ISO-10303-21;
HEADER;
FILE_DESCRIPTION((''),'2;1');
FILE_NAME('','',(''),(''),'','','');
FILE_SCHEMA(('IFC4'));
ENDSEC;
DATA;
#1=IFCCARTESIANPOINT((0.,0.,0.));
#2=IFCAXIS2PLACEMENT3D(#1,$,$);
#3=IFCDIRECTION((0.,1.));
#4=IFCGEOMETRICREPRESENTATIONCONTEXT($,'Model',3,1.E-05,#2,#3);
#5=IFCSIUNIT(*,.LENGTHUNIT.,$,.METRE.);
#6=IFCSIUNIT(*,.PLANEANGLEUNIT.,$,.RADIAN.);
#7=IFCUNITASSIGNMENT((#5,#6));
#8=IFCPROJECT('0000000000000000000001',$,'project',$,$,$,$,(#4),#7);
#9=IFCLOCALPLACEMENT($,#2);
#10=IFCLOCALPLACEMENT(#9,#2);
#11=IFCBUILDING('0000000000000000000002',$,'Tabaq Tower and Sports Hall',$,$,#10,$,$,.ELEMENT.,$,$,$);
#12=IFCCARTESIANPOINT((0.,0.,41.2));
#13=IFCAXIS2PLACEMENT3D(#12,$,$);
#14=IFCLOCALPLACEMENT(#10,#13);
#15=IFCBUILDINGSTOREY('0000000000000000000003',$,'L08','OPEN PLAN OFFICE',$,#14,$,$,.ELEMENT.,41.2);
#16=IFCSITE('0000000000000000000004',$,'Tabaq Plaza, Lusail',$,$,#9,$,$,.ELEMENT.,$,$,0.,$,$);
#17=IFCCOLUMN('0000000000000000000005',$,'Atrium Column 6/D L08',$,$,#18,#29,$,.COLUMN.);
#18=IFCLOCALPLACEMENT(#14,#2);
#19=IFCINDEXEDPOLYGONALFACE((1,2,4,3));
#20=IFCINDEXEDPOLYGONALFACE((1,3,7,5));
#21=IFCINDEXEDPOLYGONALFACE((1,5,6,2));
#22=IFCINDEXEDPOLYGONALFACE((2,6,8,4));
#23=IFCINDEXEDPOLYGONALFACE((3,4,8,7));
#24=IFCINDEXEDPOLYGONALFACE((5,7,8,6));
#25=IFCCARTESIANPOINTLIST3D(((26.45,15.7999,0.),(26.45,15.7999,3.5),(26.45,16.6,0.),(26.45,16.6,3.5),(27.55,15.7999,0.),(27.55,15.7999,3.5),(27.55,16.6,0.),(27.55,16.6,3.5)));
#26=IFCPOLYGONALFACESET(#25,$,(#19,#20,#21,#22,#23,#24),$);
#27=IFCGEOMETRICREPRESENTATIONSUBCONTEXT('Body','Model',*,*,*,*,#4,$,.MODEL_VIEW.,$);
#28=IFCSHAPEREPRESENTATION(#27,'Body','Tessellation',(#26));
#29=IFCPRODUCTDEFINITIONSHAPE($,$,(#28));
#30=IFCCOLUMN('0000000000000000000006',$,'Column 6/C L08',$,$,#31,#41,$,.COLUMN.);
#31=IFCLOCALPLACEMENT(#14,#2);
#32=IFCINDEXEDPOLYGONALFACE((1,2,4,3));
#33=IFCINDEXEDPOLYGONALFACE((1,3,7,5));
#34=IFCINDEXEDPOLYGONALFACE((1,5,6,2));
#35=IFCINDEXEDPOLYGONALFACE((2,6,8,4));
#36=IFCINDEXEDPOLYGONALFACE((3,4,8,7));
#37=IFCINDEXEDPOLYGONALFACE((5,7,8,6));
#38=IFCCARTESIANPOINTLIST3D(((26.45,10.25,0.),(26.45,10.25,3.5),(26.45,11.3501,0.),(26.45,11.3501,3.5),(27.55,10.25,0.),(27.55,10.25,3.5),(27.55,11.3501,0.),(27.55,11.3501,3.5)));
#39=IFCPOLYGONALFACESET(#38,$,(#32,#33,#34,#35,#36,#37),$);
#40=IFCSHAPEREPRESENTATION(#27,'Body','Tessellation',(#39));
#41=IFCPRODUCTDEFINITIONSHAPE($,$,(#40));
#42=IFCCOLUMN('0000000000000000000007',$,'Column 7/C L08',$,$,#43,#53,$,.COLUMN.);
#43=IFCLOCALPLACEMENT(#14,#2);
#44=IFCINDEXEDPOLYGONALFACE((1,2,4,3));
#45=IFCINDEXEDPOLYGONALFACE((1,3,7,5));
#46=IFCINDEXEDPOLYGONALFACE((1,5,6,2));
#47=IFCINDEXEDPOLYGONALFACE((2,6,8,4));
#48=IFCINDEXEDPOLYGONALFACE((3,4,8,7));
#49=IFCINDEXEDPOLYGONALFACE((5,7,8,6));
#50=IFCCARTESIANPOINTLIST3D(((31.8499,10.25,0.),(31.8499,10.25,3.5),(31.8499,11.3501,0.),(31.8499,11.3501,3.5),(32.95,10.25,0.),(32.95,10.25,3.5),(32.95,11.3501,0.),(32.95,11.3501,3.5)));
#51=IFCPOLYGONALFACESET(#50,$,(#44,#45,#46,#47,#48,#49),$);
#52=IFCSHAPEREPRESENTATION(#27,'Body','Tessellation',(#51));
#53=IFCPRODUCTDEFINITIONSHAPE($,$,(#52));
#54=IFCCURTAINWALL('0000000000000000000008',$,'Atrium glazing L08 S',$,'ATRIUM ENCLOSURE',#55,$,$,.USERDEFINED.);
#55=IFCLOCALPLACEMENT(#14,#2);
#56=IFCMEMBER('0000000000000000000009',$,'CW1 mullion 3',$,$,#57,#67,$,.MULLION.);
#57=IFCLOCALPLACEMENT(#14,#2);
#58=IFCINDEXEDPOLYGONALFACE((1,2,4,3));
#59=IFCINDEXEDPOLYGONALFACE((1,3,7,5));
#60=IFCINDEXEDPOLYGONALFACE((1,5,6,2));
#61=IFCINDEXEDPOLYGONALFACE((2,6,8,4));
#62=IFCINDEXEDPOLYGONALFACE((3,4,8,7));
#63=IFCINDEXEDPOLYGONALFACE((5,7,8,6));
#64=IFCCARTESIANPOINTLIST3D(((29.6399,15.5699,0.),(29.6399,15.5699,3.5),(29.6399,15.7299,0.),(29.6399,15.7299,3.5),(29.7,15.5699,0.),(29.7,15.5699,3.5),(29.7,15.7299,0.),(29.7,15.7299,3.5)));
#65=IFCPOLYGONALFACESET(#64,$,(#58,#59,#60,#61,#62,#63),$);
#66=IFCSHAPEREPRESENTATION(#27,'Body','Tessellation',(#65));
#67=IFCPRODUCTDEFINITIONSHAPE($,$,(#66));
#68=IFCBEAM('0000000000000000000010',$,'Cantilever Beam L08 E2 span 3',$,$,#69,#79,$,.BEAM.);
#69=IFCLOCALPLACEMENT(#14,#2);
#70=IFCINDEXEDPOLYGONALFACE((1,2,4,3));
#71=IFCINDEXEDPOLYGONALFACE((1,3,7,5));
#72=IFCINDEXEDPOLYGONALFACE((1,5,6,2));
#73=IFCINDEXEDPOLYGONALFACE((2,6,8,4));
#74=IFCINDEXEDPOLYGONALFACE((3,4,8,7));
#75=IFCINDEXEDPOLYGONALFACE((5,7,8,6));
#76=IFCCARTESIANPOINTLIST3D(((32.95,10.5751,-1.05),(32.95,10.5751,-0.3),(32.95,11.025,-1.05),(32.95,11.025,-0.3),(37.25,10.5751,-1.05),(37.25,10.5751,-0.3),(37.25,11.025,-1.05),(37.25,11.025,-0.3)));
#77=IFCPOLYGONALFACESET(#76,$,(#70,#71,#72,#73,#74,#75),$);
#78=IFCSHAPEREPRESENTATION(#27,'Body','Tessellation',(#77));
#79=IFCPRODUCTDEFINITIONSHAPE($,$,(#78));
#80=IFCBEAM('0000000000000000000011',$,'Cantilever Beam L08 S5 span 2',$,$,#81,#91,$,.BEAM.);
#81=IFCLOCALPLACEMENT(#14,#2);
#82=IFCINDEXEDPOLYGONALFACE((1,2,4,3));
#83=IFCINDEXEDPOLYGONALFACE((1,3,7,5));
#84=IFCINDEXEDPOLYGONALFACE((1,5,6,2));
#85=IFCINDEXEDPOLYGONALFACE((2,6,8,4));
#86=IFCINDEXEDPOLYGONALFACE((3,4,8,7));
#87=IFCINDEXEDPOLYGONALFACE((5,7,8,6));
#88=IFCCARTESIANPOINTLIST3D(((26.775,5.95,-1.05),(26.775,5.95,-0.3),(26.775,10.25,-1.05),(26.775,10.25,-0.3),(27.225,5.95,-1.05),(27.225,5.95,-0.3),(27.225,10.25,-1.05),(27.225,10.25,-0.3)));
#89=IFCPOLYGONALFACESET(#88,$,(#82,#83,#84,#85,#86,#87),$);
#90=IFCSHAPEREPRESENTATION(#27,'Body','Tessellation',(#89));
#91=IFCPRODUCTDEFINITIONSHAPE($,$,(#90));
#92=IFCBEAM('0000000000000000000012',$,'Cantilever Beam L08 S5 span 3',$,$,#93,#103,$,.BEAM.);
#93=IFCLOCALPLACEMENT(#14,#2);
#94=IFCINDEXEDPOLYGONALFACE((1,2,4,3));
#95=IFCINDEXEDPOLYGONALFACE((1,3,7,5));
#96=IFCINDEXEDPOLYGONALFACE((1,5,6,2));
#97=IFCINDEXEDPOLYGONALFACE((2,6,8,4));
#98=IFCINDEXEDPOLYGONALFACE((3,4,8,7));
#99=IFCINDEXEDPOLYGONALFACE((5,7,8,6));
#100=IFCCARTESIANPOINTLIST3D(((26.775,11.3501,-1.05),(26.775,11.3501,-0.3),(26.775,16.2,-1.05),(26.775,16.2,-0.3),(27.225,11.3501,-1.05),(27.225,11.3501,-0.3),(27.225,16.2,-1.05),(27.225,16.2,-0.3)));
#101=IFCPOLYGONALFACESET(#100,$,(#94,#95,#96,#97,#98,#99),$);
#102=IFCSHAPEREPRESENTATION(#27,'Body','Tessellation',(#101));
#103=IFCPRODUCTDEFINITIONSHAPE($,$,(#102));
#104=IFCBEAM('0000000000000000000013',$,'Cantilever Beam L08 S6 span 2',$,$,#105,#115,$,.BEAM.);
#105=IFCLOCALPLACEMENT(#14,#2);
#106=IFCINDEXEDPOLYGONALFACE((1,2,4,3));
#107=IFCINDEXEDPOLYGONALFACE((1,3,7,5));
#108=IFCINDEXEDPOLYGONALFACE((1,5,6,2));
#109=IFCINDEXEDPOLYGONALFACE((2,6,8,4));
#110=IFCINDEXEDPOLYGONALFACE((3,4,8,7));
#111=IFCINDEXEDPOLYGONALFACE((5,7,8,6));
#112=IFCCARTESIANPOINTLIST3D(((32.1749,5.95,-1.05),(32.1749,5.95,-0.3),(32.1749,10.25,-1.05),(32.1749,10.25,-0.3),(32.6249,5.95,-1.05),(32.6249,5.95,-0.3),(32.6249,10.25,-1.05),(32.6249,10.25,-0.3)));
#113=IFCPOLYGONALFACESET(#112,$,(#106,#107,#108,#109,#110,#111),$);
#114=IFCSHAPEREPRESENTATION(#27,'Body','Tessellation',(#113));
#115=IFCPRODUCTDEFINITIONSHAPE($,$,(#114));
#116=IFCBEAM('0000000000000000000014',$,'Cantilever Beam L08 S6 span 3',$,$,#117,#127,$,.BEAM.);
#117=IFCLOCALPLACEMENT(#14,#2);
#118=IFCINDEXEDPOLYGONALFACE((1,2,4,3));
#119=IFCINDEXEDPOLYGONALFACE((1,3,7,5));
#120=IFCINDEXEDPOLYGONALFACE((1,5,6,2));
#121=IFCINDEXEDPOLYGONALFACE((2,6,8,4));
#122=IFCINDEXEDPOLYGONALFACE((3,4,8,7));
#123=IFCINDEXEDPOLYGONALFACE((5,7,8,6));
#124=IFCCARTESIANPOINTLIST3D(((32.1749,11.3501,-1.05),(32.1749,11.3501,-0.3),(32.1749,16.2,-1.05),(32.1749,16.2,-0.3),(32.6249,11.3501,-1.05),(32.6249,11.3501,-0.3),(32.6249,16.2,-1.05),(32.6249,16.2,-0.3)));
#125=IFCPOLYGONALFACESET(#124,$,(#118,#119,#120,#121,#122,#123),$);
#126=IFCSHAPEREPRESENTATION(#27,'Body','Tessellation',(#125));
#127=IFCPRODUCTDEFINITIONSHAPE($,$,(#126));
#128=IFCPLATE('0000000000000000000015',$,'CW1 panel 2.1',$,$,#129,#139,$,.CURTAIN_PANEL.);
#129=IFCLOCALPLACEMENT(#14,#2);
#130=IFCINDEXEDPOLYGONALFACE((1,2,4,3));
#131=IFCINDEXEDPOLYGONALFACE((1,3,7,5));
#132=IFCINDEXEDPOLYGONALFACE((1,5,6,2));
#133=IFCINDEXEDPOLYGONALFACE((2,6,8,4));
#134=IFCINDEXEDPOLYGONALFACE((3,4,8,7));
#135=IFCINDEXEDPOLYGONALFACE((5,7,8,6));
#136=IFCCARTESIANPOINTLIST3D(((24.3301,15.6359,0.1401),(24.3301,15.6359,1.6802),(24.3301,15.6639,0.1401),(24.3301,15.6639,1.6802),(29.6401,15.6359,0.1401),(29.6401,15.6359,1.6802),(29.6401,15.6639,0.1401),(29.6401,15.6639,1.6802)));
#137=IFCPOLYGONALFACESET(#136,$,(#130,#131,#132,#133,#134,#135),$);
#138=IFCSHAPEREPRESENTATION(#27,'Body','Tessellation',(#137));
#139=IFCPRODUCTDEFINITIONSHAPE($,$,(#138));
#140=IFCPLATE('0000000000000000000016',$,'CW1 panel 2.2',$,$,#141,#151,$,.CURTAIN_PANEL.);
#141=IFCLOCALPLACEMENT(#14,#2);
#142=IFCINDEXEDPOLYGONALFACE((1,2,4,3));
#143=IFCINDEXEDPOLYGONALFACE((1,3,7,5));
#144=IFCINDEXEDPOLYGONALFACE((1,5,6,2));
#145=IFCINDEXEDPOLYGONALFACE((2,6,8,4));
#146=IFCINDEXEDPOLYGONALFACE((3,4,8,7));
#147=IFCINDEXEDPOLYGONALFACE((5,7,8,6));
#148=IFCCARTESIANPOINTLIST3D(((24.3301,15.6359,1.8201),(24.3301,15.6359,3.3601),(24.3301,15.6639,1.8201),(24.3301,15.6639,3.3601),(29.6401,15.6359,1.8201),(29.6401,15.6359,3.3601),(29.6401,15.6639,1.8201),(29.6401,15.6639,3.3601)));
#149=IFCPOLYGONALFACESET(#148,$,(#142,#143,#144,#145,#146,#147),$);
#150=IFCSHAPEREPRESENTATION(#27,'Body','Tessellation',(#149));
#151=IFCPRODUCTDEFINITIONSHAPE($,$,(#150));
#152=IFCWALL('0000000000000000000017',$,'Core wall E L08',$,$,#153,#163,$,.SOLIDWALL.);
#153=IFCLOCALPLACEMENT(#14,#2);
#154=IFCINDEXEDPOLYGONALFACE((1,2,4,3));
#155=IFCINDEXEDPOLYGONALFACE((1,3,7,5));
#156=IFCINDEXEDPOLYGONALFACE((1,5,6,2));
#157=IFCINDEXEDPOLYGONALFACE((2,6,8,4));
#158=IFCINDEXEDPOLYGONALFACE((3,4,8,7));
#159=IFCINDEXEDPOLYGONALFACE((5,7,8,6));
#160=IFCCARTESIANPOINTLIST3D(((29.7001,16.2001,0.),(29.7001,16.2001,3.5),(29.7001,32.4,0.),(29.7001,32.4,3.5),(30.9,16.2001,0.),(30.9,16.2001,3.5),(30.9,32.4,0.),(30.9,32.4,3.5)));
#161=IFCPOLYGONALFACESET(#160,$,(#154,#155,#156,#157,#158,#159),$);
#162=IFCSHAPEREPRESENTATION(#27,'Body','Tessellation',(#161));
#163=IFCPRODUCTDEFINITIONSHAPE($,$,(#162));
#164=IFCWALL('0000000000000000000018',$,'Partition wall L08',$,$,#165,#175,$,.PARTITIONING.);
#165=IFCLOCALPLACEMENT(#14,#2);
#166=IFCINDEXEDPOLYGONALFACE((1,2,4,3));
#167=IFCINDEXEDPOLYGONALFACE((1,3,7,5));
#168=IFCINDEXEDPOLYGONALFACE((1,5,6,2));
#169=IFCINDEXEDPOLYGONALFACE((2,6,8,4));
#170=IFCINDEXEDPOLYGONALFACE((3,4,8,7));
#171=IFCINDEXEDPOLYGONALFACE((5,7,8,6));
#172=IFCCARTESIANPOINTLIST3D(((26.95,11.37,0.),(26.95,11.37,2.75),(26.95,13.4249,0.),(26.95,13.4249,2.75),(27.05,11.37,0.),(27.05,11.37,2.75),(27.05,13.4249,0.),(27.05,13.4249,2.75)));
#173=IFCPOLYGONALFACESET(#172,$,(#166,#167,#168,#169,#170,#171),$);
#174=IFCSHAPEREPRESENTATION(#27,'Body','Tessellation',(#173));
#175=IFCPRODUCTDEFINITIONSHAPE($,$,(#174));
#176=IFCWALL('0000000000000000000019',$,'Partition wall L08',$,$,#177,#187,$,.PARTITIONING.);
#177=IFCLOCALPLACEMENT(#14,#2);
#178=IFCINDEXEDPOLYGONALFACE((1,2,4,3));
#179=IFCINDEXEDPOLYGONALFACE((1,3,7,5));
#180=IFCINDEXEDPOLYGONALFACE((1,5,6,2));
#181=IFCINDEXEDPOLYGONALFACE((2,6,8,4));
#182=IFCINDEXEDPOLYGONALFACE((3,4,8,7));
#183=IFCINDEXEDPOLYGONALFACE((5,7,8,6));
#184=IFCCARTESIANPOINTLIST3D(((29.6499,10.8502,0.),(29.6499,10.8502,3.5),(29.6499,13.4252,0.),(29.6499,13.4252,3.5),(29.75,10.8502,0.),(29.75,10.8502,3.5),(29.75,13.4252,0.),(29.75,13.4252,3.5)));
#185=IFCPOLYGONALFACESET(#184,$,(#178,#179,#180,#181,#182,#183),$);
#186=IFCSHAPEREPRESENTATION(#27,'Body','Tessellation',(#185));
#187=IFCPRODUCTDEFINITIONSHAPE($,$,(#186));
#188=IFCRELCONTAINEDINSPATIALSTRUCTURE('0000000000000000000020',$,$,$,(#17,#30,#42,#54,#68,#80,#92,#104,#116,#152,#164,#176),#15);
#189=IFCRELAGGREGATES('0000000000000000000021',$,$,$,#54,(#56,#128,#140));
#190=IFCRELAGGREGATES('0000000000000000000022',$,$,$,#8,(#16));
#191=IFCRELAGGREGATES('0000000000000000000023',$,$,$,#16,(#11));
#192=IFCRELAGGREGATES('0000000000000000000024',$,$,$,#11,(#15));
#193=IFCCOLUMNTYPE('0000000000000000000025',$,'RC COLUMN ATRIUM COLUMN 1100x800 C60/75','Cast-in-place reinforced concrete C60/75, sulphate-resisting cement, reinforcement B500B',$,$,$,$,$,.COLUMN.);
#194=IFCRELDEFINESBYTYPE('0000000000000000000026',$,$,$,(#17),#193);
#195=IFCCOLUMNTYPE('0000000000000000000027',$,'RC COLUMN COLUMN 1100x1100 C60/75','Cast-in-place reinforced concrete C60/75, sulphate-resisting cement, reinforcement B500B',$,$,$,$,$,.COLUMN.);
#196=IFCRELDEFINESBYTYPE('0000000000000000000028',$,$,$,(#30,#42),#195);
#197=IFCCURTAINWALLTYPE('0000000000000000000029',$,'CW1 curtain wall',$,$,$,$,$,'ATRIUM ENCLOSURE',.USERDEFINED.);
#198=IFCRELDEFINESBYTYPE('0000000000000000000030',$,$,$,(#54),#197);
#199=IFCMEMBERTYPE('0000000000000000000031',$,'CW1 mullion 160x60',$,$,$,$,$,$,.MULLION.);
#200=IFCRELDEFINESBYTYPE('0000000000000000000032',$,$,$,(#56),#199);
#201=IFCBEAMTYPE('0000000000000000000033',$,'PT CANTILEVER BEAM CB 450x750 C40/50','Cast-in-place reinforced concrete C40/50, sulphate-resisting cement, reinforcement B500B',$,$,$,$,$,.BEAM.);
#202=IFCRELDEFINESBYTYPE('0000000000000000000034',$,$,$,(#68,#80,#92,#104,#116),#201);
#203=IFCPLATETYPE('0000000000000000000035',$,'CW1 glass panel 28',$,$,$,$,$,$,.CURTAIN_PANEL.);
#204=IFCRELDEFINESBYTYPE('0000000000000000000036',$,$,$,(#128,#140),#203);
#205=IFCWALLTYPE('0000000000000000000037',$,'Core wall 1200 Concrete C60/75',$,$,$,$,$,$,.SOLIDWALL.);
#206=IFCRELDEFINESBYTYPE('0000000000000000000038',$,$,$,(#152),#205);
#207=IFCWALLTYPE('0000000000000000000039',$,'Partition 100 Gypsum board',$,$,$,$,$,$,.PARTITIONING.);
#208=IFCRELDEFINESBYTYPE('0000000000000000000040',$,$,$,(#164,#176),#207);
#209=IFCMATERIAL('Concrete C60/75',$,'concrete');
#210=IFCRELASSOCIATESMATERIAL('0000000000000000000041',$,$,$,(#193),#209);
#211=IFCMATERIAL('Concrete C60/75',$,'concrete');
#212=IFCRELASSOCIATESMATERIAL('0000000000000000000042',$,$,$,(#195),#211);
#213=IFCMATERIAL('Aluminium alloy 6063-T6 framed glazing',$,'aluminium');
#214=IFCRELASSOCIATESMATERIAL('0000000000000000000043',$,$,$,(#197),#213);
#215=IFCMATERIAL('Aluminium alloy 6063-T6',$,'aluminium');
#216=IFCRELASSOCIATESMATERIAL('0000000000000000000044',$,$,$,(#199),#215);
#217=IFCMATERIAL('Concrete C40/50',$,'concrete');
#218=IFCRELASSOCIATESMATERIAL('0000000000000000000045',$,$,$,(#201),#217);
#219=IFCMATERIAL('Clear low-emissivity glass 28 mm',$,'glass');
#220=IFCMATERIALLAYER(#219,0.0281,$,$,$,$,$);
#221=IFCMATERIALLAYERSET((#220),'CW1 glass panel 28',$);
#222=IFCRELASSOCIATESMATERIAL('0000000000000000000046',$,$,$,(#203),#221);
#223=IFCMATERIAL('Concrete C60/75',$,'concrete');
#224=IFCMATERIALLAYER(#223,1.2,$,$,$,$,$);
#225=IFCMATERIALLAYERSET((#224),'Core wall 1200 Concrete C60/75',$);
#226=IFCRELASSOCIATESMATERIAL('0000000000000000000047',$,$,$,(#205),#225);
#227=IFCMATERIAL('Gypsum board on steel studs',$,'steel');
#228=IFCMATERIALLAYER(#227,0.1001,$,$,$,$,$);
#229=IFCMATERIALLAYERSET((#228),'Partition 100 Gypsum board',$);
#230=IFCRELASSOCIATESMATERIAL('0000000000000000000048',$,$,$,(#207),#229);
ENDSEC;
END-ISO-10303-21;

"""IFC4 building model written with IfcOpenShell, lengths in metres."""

from ifc_helpers import new_model, si_unit, direction, frame, frame_2d, origin, origin_2d, place, context, subcontext, project, spatial, rectangle, extrude, material, layer, layer_set, material_profile, profile_set, type_object, element, aggregate, save


model = new_model("IFC4")

# Units and contexts
model_context = context("Model", 3, precision=1e-05, world=origin(), true_north=direction((0.0, 1.0)))
body_context = subcontext(model_context, "Body", "Model", "MODEL_VIEW")
ifc_project = project(units=[si_unit("LENGTHUNIT", "METRE"), si_unit("PLANEANGLEUNIT", "RADIAN")], contexts=[model_context])

# Site, building, storey
site_placement = place(None, origin())
site = spatial("IfcSite", under=ifc_project, at=site_placement, Name="Tabaq Plaza, Lusail", CompositionType="ELEMENT", RefElevation=0.0)
building_placement = place(site_placement, origin())
building = spatial("IfcBuilding", under=site, at=building_placement, Name="Tabaq Tower and Sports Hall", CompositionType="ELEMENT")
storey_placement = place(building_placement, frame((0.0, 0.0, 41.2)))
storey = spatial("IfcBuildingStorey", under=building, at=storey_placement, Name="L08", Description="OPEN PLAN OFFICE", CompositionType="ELEMENT", Elevation=41.2)

# Columns
ifc_material_1 = material(Name="Concrete C60/75", Category="concrete")
ifc_material_profile_1 = material_profile(ifc_material_1, rectangle(XDim=1.1001, YDim=0.8, at=origin_2d()), Name="ATRIUM COLUMN 1100x800")
ifc_profile_set_1 = profile_set([ifc_material_profile_1], Name="Concrete C60/75")
column_type_1 = type_object("IfcColumnType", Name="RC COLUMN ATRIUM COLUMN 1100x800 C60/75", Description="Cast-in-place reinforced concrete C60/75, sulphate-resisting cement, reinforcement B500B", PredefinedType="COLUMN", material=ifc_profile_set_1)
column_placement = place(storey_placement, frame((27.0, 16.2, 0.0), z_axis=(0.0, 0.0, 1.0), x_axis=(1.0, 0.0, 0.0)))
element("IfcColumn", 1, at=column_placement, inside=storey, type_object=column_type_1, Name="Atrium Column 6/D L08", PredefinedType="COLUMN", context=body_context, shape_type="SweptSolid", body=[
    extrude(rectangle(XDim=1.1001, YDim=0.8, at=origin_2d()), origin(), (0.0, 0.0, 1.0), 3.5),
])
ifc_material_2 = material(Name="Concrete C60/75", Category="concrete")
ifc_material_profile_2 = material_profile(ifc_material_2, rectangle(XDim=1.1001, YDim=1.1001, at=origin_2d()), Name="COLUMN 1100x1100")
ifc_profile_set_2 = profile_set([ifc_material_profile_2], Name="Concrete C60/75")
column_type_2 = type_object("IfcColumnType", Name="RC COLUMN COLUMN 1100x1100 C60/75", Description="Cast-in-place reinforced concrete C60/75, sulphate-resisting cement, reinforcement B500B", PredefinedType="COLUMN", material=ifc_profile_set_2)
for number, where, z_axis, x_axis, name in (
    (2, (27.0, 10.8, 0.0), (0.0, 0.0, 1.0), (1.0, 0.0, 0.0), "Column 6/C L08"),
    (3, (32.3999, 10.8, 0.0), (0.0, 0.0, 1.0), (1.0, 0.0, 0.0), "Column 7/C L08"),
):
    element("IfcColumn", number, at=place(storey_placement, frame(where, z_axis=z_axis, x_axis=x_axis)), inside=storey, type_object=column_type_2, Name=name, PredefinedType="COLUMN", context=body_context, shape_type="SweptSolid", body=[
        extrude(rectangle(XDim=1.1001, YDim=1.1001, at=origin_2d()), origin(), (0.0, 0.0, 1.0), 3.5),
    ])

# Curtain wall, member
ifc_material_3 = material(Name="Aluminium alloy 6063-T6 framed glazing", Category="aluminium")
curtain_wall_type = type_object("IfcCurtainWallType", Name="CW1 curtain wall", ElementType="ATRIUM ENCLOSURE", PredefinedType="USERDEFINED", material=ifc_material_3)
curtain_wall_placement = place(storey_placement, origin())
curtain_wall = element("IfcCurtainWall", 4, at=curtain_wall_placement, inside=storey, type_object=curtain_wall_type, Name="Atrium glazing L08 S", ObjectType="ATRIUM ENCLOSURE", PredefinedType="USERDEFINED")
ifc_material_4 = material(Name="Aluminium alloy 6063-T6", Category="aluminium")
ifc_material_profile_3 = material_profile(ifc_material_4, rectangle(XDim=0.1599, YDim=0.0601, at=origin_2d()), Name="MULLION 160x60")
ifc_profile_set_3 = profile_set([ifc_material_profile_3], Name="Aluminium alloy 6063-T6")
member_type = type_object("IfcMemberType", Name="CW1 mullion 160x60", PredefinedType="MULLION", material=ifc_profile_set_3)
member_placement = place(storey_placement, frame((29.6699, 15.6499, 0.0), z_axis=(0.0, 0.0, 1.0), x_axis=(0.0, 1.0, 0.0)))
member = element("IfcMember", 5, at=member_placement, type_object=member_type, Name="CW1 mullion 3", PredefinedType="MULLION", context=body_context, shape_type="SweptSolid", body=[
    extrude(rectangle(XDim=0.1599, YDim=0.0601, at=origin_2d()), origin(), (0.0, 0.0, 1.0), 3.5),
])

# Beams
ifc_material_5 = material(Name="Concrete C40/50", Category="concrete")
ifc_material_profile_4 = material_profile(ifc_material_5, rectangle(XDim=0.45, YDim=0.75, at=origin_2d()), Name="CB 450x750")
ifc_profile_set_4 = profile_set([ifc_material_profile_4], Name="Concrete C40/50")
beam_type = type_object("IfcBeamType", Name="PT CANTILEVER BEAM CB 450x750 C40/50", Description="Cast-in-place reinforced concrete C40/50, sulphate-resisting cement, reinforcement B500B", PredefinedType="BEAM", material=ifc_profile_set_4)
for number, where, z_axis, x_axis, name in (
    (6, (37.25, 10.8, -0.675), (-1.0, 0.0, 0.0), (0.0, -1.0, 0.0), "Cantilever Beam L08 E2 span 3"),
    (7, (27.0, 5.95, -0.675), (0.0, 1.0, 0.0), (-1.0, 0.0, 0.0), "Cantilever Beam L08 S5 span 2"),
):
    element("IfcBeam", number, at=place(storey_placement, frame(where, z_axis=z_axis, x_axis=x_axis)), inside=storey, type_object=beam_type, Name=name, PredefinedType="BEAM", context=body_context, shape_type="SweptSolid", body=[
        extrude(rectangle(XDim=0.45, YDim=0.75, at=origin_2d()), origin(), (0.0, 0.0, 1.0), 4.3),
    ])
beam_1_placement = place(storey_placement, frame((27.0, 11.3501, -0.675), z_axis=(0.0, 1.0, 0.0), x_axis=(-1.0, 0.0, 0.0)))
element("IfcBeam", 8, at=beam_1_placement, inside=storey, type_object=beam_type, Name="Cantilever Beam L08 S5 span 3", PredefinedType="BEAM", context=body_context, shape_type="SweptSolid", body=[
    extrude(rectangle(XDim=0.45, YDim=0.75, at=origin_2d()), origin(), (0.0, 0.0, 1.0), 4.8499),
])
beam_2_placement = place(storey_placement, frame((32.3999, 5.95, -0.675), z_axis=(0.0, 1.0, 0.0), x_axis=(-1.0, 0.0, 0.0)))
element("IfcBeam", 9, at=beam_2_placement, inside=storey, type_object=beam_type, Name="Cantilever Beam L08 S6 span 2", PredefinedType="BEAM", context=body_context, shape_type="SweptSolid", body=[
    extrude(rectangle(XDim=0.45, YDim=0.75, at=origin_2d()), origin(), (0.0, 0.0, 1.0), 4.3),
])
beam_3_placement = place(storey_placement, frame((32.3999, 11.3501, -0.675), z_axis=(0.0, 1.0, 0.0), x_axis=(-1.0, 0.0, 0.0)))
element("IfcBeam", 10, at=beam_3_placement, inside=storey, type_object=beam_type, Name="Cantilever Beam L08 S6 span 3", PredefinedType="BEAM", context=body_context, shape_type="SweptSolid", body=[
    extrude(rectangle(XDim=0.45, YDim=0.75, at=origin_2d()), origin(), (0.0, 0.0, 1.0), 4.8499),
])

# Plates
ifc_material_6 = material(Name="Clear low-emissivity glass 28 mm", Category="glass")
ifc_layer_1 = layer(ifc_material_6, 0.0281)
ifc_layer_set_1 = layer_set([ifc_layer_1], Name="CW1 glass panel 28")
plate_type = type_object("IfcPlateType", Name="CW1 glass panel 28", PredefinedType="CURTAIN_PANEL", material=ifc_layer_set_1)
plate_1_placement = place(storey_placement, frame((26.9851, 15.6499, 0.1401), z_axis=(0.0, 0.0, 1.0), x_axis=(1.0, 0.0, 0.0)))
plate_1 = element("IfcPlate", 11, at=plate_1_placement, type_object=plate_type, Name="CW1 panel 2.1", PredefinedType="CURTAIN_PANEL", context=body_context, shape_type="SweptSolid", body=[
    extrude(rectangle(XDim=5.3101, YDim=0.0281, at=origin_2d()), origin(), (0.0, 0.0, 1.0), 1.54),
])
plate_2_placement = place(storey_placement, frame((26.9851, 15.6499, 1.8201), z_axis=(0.0, 0.0, 1.0), x_axis=(1.0, 0.0, 0.0)))
plate_2 = element("IfcPlate", 12, at=plate_2_placement, type_object=plate_type, Name="CW1 panel 2.2", PredefinedType="CURTAIN_PANEL", context=body_context, shape_type="SweptSolid", body=[
    extrude(rectangle(XDim=5.3101, YDim=0.0281, at=origin_2d()), origin(), (0.0, 0.0, 1.0), 1.54),
])
aggregate(curtain_wall, [member, plate_1, plate_2])

# Walls
ifc_material_7 = material(Name="Concrete C60/75", Category="concrete")
ifc_layer_2 = layer(ifc_material_7, 1.2)
ifc_layer_set_2 = layer_set([ifc_layer_2], Name="Core wall 1200 Concrete C60/75")
wall_type_1 = type_object("IfcWallType", Name="Core wall 1200 Concrete C60/75", PredefinedType="SOLIDWALL", material=ifc_layer_set_2)
wall_1_placement = place(storey_placement, frame((30.3, 16.2, 0.0), z_axis=(0.0, 0.0, 1.0), x_axis=(0.0, 1.0, 0.0)))
element("IfcWall", 13, at=wall_1_placement, inside=storey, type_object=wall_type_1, Name="Core wall E L08", PredefinedType="SOLIDWALL", context=body_context, shape_type="SweptSolid", body=[
    extrude(rectangle(XDim=16.2, YDim=1.2, at=frame_2d((8.1001, 0.0))), origin(), (0.0, 0.0, 1.0), 3.5),
])
ifc_material_8 = material(Name="Gypsum board on steel studs", Category="steel")
ifc_layer_3 = layer(ifc_material_8, 0.1001)
ifc_layer_set_3 = layer_set([ifc_layer_3], Name="Partition 100 Gypsum board")
wall_type_2 = type_object("IfcWallType", Name="Partition 100 Gypsum board", PredefinedType="PARTITIONING", material=ifc_layer_set_3)
wall_2_placement = place(storey_placement, frame((27.0, 11.3701, 0.0), z_axis=(0.0, 0.0, 1.0), x_axis=(0.0, 1.0, 0.0)))
element("IfcWall", 14, at=wall_2_placement, inside=storey, type_object=wall_type_2, Name="Partition wall L08", PredefinedType="PARTITIONING", context=body_context, shape_type="SweptSolid", body=[
    extrude(rectangle(XDim=2.0549, YDim=0.1001, at=frame_2d((1.0273, 0.0))), origin(), (0.0, 0.0, 1.0), 2.75),
])
wall_3_placement = place(storey_placement, frame((29.7, 10.8501, 0.0), z_axis=(0.0, 0.0, 1.0), x_axis=(0.0, 1.0, 0.0)))
element("IfcWall", 15, at=wall_3_placement, inside=storey, type_object=wall_type_2, Name="Partition wall L08", PredefinedType="PARTITIONING", context=body_context, shape_type="SweptSolid", body=[
    extrude(rectangle(XDim=2.575, YDim=0.1001, at=frame_2d((1.2876, 0.0))), origin(), (0.0, 0.0, 1.0), 3.5),
])

save(model, "model.ifc")
